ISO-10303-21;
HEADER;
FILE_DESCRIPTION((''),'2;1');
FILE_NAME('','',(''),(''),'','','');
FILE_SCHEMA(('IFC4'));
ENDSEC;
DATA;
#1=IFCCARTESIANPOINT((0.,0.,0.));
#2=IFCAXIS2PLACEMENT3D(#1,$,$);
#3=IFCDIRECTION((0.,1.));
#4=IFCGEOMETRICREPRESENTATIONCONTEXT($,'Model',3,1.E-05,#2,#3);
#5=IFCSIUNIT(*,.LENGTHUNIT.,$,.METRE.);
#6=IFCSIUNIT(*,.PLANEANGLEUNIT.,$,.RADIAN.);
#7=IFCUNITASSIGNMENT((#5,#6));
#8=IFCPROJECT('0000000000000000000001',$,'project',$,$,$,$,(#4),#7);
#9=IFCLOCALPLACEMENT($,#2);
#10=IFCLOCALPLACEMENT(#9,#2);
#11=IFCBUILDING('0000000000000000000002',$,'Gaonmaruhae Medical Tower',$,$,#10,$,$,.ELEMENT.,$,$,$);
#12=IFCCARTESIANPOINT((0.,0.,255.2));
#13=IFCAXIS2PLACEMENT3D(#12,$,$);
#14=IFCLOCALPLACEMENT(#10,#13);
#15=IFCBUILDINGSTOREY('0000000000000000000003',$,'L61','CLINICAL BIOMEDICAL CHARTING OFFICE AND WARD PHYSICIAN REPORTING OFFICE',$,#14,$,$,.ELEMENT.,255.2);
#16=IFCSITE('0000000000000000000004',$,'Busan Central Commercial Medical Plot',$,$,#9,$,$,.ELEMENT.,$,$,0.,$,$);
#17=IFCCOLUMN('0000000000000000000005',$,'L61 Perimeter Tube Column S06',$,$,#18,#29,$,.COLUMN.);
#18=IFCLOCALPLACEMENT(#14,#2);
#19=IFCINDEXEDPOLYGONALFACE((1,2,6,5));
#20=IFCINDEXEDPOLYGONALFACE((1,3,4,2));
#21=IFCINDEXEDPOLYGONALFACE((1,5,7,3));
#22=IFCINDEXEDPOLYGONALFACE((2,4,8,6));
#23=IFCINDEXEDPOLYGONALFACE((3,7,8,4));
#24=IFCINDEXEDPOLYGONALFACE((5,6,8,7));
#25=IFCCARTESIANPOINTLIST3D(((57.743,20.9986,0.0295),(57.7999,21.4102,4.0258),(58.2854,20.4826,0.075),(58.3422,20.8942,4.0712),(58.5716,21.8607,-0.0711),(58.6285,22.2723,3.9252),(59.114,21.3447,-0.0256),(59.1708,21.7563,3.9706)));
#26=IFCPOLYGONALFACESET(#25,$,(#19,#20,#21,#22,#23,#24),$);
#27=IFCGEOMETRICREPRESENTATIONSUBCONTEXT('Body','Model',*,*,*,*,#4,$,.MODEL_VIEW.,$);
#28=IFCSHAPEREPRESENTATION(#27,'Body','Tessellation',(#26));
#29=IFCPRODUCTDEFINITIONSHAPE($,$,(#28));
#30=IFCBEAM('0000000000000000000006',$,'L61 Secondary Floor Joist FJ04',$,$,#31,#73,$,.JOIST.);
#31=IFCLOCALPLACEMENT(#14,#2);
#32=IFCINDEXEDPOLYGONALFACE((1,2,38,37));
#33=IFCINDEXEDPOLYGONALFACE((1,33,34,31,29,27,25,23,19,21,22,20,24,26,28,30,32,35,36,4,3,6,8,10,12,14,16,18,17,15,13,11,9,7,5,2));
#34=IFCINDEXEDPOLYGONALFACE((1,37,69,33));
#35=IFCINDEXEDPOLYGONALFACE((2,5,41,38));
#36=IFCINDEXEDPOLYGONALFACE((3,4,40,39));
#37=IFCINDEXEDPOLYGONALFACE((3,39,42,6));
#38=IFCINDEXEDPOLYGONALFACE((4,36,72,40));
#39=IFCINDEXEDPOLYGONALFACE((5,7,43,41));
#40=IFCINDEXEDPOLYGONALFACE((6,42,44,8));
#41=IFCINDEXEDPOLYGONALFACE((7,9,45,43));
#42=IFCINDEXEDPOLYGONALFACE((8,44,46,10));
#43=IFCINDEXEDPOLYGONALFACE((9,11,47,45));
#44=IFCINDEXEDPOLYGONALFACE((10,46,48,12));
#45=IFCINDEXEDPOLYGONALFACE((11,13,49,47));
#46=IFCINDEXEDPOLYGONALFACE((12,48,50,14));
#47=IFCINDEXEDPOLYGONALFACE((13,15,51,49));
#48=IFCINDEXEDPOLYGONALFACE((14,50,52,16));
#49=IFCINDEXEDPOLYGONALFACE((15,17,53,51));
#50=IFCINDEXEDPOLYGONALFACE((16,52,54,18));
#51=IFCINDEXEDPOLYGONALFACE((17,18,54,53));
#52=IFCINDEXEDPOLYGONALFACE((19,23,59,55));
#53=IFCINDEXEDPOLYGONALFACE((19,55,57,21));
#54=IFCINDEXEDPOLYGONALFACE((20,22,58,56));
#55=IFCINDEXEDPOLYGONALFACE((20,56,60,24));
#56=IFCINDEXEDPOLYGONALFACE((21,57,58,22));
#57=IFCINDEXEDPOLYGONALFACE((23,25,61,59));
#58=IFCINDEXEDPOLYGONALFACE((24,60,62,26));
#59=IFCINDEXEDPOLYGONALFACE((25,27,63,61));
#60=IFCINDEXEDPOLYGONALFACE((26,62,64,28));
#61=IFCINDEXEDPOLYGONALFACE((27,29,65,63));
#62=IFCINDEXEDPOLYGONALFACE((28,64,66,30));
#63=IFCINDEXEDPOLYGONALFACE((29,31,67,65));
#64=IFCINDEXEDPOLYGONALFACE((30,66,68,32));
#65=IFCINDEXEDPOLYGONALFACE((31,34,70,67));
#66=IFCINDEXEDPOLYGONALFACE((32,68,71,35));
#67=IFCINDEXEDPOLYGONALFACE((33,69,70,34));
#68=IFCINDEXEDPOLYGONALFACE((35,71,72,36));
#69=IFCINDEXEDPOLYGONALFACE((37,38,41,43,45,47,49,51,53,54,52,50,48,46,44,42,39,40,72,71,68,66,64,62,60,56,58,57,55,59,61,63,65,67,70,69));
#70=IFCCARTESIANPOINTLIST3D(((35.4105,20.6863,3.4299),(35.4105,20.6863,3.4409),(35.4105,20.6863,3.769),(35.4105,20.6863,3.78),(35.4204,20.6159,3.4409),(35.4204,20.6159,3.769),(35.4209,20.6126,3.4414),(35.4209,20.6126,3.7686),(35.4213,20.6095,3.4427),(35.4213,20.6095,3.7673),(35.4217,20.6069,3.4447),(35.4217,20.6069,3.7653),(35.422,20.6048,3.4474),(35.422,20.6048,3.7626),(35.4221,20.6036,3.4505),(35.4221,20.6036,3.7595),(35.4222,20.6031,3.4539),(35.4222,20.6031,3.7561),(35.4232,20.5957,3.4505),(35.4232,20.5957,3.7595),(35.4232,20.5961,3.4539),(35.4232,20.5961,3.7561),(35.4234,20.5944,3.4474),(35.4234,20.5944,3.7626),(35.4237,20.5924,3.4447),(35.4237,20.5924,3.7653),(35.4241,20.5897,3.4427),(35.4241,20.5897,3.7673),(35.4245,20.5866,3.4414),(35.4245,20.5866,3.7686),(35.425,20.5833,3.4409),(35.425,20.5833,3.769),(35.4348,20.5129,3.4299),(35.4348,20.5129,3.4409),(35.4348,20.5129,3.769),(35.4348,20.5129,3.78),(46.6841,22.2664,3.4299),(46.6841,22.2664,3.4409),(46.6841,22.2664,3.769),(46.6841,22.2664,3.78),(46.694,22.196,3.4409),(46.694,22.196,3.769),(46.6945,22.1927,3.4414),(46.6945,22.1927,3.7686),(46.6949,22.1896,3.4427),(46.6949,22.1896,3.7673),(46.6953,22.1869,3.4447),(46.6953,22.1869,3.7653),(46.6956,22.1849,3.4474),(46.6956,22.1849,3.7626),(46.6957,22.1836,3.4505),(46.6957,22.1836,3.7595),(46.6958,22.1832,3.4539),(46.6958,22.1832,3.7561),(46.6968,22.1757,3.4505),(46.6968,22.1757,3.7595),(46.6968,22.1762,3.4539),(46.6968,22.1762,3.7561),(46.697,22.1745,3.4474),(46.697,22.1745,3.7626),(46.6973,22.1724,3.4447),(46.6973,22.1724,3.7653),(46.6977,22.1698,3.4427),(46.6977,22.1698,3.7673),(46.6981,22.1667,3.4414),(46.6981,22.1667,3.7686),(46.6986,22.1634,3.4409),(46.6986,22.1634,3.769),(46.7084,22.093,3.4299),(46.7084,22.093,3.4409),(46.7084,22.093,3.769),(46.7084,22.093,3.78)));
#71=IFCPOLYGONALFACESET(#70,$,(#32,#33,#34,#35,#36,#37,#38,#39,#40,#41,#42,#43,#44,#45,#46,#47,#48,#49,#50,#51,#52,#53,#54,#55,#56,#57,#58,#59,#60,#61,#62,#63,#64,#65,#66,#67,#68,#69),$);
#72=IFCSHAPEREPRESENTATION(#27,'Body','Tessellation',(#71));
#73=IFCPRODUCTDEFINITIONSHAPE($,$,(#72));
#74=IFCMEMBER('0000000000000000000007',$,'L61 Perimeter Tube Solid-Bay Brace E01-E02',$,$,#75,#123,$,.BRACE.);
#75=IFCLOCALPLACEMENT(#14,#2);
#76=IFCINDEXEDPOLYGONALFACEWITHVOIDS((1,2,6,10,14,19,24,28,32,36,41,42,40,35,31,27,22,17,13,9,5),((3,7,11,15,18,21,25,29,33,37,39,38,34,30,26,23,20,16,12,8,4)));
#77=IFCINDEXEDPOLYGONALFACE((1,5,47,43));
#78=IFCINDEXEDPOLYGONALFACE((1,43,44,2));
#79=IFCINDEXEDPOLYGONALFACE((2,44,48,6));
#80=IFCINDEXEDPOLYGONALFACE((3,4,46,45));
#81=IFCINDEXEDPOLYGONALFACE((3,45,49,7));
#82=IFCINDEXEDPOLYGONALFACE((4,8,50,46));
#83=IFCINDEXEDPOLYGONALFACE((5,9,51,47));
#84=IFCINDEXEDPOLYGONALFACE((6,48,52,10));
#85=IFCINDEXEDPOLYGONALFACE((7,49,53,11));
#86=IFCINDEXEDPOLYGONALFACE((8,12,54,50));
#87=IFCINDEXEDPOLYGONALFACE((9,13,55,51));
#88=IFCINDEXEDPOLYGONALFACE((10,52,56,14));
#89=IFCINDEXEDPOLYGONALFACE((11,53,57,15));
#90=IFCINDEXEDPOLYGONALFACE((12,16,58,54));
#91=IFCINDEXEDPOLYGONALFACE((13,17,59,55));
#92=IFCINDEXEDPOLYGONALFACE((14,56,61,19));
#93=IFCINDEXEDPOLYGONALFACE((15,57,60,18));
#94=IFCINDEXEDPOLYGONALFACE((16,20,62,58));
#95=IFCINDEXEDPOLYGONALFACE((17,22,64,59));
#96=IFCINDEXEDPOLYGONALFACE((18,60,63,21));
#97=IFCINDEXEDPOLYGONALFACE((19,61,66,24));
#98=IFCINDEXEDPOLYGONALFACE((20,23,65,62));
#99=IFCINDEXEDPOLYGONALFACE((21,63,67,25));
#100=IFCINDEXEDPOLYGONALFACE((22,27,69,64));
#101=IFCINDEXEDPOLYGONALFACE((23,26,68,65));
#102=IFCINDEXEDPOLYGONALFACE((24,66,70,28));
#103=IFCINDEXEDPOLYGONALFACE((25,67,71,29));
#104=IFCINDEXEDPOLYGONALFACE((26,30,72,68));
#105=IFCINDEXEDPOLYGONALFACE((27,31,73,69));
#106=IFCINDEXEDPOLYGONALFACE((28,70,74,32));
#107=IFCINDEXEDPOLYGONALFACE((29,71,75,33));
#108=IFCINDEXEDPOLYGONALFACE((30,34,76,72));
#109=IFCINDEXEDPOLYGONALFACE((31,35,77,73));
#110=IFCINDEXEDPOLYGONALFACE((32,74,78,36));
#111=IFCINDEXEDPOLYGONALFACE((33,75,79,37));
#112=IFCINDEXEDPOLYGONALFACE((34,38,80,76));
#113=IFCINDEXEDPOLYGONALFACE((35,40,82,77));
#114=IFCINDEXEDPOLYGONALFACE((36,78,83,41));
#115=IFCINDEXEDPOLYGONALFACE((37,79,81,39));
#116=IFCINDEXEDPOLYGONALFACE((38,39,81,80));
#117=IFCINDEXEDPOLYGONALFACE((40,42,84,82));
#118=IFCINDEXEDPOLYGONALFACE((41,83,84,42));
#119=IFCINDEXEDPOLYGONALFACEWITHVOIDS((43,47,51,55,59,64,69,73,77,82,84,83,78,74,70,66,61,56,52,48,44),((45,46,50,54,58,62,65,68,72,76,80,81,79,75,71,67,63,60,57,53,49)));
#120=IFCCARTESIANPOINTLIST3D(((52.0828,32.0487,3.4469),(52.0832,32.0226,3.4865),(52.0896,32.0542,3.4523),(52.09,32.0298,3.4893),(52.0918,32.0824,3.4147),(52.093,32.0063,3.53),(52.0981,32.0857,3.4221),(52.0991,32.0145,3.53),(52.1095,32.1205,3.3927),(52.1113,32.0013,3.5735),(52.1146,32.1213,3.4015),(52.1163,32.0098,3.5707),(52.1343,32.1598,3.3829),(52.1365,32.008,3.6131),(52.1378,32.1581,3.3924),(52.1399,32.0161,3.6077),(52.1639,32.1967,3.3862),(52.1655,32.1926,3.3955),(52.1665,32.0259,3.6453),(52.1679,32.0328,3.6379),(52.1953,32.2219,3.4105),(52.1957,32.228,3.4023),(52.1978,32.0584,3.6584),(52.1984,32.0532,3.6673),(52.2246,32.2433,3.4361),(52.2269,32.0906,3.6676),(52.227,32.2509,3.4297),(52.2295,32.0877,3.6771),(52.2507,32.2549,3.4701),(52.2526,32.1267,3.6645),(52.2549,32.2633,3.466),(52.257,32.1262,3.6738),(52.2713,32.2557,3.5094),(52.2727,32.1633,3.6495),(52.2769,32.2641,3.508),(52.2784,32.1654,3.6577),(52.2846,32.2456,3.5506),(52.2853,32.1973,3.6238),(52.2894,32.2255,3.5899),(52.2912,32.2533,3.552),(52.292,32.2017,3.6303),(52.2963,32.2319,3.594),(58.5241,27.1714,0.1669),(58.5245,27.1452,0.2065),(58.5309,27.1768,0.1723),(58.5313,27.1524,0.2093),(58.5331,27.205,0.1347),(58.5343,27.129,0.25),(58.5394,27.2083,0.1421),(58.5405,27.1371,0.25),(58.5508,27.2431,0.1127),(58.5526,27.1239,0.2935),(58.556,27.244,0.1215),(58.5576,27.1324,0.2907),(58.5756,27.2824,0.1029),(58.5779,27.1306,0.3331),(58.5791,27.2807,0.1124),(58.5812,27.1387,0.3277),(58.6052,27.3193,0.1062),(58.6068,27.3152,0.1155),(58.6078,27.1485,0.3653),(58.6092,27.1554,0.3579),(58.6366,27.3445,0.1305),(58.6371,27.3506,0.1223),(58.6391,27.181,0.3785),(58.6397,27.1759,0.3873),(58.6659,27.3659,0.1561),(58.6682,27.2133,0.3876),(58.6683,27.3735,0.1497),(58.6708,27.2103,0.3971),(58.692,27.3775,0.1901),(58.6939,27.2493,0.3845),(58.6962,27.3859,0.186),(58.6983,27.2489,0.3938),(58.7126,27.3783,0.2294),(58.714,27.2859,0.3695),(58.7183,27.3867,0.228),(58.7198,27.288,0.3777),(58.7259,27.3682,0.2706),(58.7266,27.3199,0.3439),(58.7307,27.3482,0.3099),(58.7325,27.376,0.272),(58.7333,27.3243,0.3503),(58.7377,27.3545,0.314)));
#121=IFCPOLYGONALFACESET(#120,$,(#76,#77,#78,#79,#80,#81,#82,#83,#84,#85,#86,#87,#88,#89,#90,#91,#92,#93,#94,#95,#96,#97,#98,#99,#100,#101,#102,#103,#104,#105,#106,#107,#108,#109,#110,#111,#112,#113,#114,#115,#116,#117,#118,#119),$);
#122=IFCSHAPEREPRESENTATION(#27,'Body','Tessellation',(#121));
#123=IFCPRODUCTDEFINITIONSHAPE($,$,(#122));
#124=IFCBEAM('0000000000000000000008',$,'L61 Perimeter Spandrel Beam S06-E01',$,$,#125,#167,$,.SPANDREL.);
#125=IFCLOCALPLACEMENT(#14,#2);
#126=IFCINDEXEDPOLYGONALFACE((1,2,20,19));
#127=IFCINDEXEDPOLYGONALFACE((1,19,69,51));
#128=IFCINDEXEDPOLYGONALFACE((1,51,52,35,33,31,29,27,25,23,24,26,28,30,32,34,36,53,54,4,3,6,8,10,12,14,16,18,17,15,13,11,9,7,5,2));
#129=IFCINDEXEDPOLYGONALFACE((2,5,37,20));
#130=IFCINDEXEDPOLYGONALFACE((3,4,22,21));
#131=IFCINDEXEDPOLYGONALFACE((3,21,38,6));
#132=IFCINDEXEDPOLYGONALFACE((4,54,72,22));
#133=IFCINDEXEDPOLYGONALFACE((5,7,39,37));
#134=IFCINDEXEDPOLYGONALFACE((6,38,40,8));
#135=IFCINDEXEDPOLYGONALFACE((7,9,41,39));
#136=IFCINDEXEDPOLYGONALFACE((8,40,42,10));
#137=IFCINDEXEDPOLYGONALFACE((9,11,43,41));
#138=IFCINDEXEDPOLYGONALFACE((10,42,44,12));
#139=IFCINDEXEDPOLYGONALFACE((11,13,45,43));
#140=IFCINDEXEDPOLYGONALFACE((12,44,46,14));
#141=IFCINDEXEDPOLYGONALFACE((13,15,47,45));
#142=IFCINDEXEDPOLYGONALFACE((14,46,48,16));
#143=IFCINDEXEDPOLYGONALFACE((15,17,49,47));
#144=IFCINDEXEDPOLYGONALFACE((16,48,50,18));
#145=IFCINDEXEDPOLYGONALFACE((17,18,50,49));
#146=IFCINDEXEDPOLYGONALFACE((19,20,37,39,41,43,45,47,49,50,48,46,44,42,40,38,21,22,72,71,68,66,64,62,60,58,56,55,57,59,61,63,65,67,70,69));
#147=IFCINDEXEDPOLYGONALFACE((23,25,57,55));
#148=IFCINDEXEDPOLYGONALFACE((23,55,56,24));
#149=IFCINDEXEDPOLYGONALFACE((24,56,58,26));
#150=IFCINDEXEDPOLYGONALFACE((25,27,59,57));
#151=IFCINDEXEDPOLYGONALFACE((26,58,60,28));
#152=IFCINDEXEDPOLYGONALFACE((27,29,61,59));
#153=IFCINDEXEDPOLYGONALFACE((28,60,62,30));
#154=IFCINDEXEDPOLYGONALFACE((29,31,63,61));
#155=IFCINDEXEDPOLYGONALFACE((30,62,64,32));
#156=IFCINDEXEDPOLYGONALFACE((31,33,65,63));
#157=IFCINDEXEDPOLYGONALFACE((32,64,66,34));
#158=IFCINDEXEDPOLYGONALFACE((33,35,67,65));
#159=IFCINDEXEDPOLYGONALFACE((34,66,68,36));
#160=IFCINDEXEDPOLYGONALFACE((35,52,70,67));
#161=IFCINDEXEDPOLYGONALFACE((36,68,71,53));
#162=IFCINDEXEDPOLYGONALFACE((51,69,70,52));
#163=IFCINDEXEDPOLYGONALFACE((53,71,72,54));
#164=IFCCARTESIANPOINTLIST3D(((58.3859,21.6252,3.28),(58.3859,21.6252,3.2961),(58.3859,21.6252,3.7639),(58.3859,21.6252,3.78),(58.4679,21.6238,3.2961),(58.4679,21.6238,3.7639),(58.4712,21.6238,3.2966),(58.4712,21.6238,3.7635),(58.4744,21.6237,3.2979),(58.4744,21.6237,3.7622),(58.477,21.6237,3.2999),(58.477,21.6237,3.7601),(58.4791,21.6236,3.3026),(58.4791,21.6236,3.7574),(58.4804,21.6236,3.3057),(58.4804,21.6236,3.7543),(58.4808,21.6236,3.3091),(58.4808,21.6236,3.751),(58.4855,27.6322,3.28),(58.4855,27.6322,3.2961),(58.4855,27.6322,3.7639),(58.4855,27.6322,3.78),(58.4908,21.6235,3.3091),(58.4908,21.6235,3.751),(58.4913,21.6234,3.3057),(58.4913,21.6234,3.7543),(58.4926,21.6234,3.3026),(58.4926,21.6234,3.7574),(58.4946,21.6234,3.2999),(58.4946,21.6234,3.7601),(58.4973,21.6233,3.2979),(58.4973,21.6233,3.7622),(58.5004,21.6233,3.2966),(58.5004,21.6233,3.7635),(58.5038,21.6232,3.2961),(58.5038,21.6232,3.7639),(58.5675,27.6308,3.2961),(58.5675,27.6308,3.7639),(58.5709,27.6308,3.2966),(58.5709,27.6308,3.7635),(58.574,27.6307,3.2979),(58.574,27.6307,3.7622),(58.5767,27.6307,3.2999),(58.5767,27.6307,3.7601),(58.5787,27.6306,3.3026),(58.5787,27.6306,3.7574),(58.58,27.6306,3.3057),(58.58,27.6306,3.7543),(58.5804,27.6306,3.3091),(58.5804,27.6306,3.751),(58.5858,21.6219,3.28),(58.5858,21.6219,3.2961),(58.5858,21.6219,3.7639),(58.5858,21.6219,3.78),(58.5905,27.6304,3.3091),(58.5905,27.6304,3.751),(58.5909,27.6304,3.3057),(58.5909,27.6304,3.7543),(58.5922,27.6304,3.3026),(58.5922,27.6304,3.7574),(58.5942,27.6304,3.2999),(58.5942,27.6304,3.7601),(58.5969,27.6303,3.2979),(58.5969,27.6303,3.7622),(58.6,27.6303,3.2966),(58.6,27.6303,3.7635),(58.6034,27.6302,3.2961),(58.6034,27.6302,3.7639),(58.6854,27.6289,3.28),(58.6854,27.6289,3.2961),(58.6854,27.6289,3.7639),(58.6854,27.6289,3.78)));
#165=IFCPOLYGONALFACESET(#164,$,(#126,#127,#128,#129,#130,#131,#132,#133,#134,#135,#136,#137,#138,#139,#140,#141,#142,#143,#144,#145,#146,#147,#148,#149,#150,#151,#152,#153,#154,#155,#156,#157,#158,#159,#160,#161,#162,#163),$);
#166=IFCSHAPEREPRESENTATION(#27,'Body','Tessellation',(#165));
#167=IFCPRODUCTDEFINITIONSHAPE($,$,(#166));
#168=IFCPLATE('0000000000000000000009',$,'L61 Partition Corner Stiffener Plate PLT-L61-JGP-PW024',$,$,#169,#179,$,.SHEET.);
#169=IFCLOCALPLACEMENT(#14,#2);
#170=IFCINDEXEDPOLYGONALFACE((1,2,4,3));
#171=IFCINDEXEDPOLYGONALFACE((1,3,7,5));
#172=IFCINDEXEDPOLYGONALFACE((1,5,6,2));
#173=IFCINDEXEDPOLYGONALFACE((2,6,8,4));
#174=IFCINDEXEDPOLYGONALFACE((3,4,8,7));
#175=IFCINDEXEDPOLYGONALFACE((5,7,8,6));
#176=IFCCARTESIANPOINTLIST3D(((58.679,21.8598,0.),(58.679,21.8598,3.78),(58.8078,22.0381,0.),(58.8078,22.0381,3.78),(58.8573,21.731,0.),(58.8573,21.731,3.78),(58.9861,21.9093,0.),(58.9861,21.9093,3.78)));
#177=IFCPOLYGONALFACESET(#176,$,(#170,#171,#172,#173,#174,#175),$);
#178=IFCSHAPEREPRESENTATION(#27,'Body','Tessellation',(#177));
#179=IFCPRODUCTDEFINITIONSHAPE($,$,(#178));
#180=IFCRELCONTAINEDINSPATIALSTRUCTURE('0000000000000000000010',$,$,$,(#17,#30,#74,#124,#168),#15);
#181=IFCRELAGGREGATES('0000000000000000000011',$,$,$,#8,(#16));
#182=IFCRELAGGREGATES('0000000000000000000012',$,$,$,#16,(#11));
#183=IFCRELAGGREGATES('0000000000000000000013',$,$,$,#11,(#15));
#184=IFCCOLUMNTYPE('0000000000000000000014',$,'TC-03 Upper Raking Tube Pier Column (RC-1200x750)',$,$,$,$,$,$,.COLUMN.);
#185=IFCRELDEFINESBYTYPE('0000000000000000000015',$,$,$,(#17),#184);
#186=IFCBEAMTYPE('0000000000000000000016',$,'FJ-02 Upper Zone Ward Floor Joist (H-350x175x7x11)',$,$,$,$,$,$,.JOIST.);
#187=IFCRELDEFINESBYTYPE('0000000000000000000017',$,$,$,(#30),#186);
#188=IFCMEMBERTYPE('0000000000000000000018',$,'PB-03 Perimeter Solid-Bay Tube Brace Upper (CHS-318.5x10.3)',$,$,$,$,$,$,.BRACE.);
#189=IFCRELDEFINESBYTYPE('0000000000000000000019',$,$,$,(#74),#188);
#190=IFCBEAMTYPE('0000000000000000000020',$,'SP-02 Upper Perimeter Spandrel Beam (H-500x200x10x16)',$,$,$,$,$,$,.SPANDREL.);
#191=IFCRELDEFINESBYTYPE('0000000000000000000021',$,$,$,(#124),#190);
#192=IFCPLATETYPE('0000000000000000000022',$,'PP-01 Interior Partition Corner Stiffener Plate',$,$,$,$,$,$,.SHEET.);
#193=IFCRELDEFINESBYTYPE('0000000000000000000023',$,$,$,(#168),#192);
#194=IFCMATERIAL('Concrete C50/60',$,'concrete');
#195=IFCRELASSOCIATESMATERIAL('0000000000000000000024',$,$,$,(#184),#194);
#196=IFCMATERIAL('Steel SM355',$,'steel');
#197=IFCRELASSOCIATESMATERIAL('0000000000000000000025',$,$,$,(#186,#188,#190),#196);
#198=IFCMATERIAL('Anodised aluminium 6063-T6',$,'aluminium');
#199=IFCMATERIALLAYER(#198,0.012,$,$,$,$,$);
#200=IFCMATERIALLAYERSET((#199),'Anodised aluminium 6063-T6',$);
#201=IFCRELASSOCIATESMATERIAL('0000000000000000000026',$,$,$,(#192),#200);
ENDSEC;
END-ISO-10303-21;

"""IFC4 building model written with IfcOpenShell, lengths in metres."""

from ifc_helpers import new_model, si_unit, direction, frame, origin, origin_2d, place, context, subcontext, project, spatial, rectangle, hollow_circle, i_section, extrude, material, layer, layer_set, material_profile, profile_set, type_object, element, save


model = new_model("IFC4")

# Units and contexts
model_context = context("Model", 3, precision=1e-05, world=origin(), true_north=direction((0.0, 1.0)))
body_context = subcontext(model_context, "Body", "Model", "MODEL_VIEW")
ifc_project = project(units=[si_unit("LENGTHUNIT", "METRE"), si_unit("PLANEANGLEUNIT", "RADIAN")], contexts=[model_context])

# Site, building, storey
site_placement = place(None, origin())
site = spatial("IfcSite", under=ifc_project, at=site_placement, Name="Busan Central Commercial Medical Plot", CompositionType="ELEMENT", RefElevation=0.0)
building_placement = place(site_placement, origin())
building = spatial("IfcBuilding", under=site, at=building_placement, Name="Gaonmaruhae Medical Tower", CompositionType="ELEMENT")
storey_placement = place(building_placement, frame((0.0, 0.0, 255.2)))
storey = spatial("IfcBuildingStorey", under=building, at=storey_placement, Name="L61", Description="CLINICAL BIOMEDICAL CHARTING OFFICE AND WARD PHYSICIAN REPORTING OFFICE", CompositionType="ELEMENT", Elevation=255.2)

# Column
ifc_material_1 = material(Name="Concrete C50/60", Category="concrete")
ifc_material_profile_1 = material_profile(ifc_material_1, rectangle(XDim=1.2, YDim=0.75, at=origin_2d()), Name="RC-1200x750")
ifc_profile_set_1 = profile_set([ifc_material_profile_1], Name="Concrete C50/60")
column_type = type_object("IfcColumnType", Name="TC-03 Upper Raking Tube Pier Column (RC-1200x750)", PredefinedType="COLUMN", material=ifc_profile_set_1)
column_placement = place(storey_placement, frame((58.4285, 21.1716, 0.002), z_axis=(0.014158, 0.102447, 0.994638), x_axis=(-0.690518, -0.718441, 0.083828)))
element("IfcColumn", 1, at=column_placement, inside=storey, type_object=column_type, Name="L61 Perimeter Tube Column S06", PredefinedType="COLUMN", context=body_context, shape_type="SweptSolid", body=[
    extrude(rectangle(XDim=1.2, YDim=0.75, at=origin_2d()), origin(), (0.0, 0.0, 1.0), 4.0178),
])

# Beam
ifc_material_2 = material(Name="Steel SM355", Category="steel")
ifc_material_profile_2 = material_profile(ifc_material_2, i_section(OverallWidth=0.175, OverallDepth=0.3501, WebThickness=0.0071, FlangeThickness=0.011, FilletRadius=0.0129, at=origin_2d()), Name="H-350x175x7x11")
ifc_profile_set_2 = profile_set([ifc_material_profile_2], Name="Steel SM355")
beam_type_1 = type_object("IfcBeamType", Name="FJ-02 Upper Zone Ward Floor Joist (H-350x175x7x11)", PredefinedType="JOIST", material=ifc_profile_set_2)
beam_1_placement = place(storey_placement, frame((46.6963, 22.1797, 3.605), z_axis=(-0.99032, -0.1388, 0.0), x_axis=(0.1388, -0.99032, 0.0)))
element("IfcBeam", 2, at=beam_1_placement, inside=storey, type_object=beam_type_1, Name="L61 Secondary Floor Joist FJ04", PredefinedType="JOIST", context=body_context, shape_type="SweptSolid", body=[
    extrude(i_section(OverallWidth=0.175, OverallDepth=0.3501, WebThickness=0.0071, FlangeThickness=0.011, FilletRadius=0.0129, at=origin_2d()), origin(), (0.0, 0.0, 1.0), 11.3838),
])

# Member
ifc_material_profile_3 = material_profile(ifc_material_2, hollow_circle(Radius=0.1592, WallThickness=0.0103, at=origin_2d()), Name="CHS-318.5x10.3")
ifc_profile_set_3 = profile_set([ifc_material_profile_3], Name="Steel SM355")
member_type = type_object("IfcMemberType", Name="PB-03 Perimeter Solid-Bay Tube Brace Upper (CHS-318.5x10.3)", PredefinedType="BRACE", material=ifc_profile_set_3)
member_placement = place(storey_placement, frame((58.6304, 27.2559, 0.25), z_axis=(-0.738687, 0.559335, 0.376147), x_axis=(-0.603668, -0.797236, 0.0)))
element("IfcMember", 3, at=member_placement, inside=storey, type_object=member_type, Name="L61 Perimeter Tube Solid-Bay Brace E01-E02", PredefinedType="BRACE", context=body_context, shape_type="SweptSolid", body=[
    extrude(hollow_circle(Radius=0.1592, WallThickness=0.0103, at=origin_2d()), origin(), (0.0, 0.0, 1.0), 8.72),
])

# Beam
ifc_material_profile_4 = material_profile(ifc_material_2, i_section(OverallWidth=0.2, OverallDepth=0.5, WebThickness=0.01, FlangeThickness=0.0161, FilletRadius=0.0129, at=origin_2d()), Name="H-500x200x10x16")
ifc_profile_set_4 = profile_set([ifc_material_profile_4], Name="Steel SM355")
beam_type_2 = type_object("IfcBeamType", Name="SP-02 Upper Perimeter Spandrel Beam (H-500x200x10x16)", PredefinedType="SPANDREL", material=ifc_profile_set_4)
beam_2_placement = place(storey_placement, frame((58.4858, 21.6235, 3.53), z_axis=(0.01658, 0.999863, 0.0), x_axis=(-0.999863, 0.01658, 0.0)))
element("IfcBeam", 4, at=beam_2_placement, inside=storey, type_object=beam_type_2, Name="L61 Perimeter Spandrel Beam S06-E01", PredefinedType="SPANDREL", context=body_context, shape_type="SweptSolid", body=[
    extrude(i_section(OverallWidth=0.2, OverallDepth=0.5, WebThickness=0.01, FlangeThickness=0.0161, FilletRadius=0.0129, at=origin_2d()), origin(), (0.0, 0.0, 1.0), 6.0078),
])

# Plate
ifc_material_3 = material(Name="Anodised aluminium 6063-T6", Category="aluminium")
ifc_layer_1 = layer(ifc_material_3, 0.012)
ifc_layer_set_1 = layer_set([ifc_layer_1], Name="Anodised aluminium 6063-T6")
plate_type = type_object("IfcPlateType", Name="PP-01 Interior Partition Corner Stiffener Plate", PredefinedType="SHEET", material=ifc_layer_set_1)
plate_1_placement = place(storey_placement, frame((58.8325, 21.8845, 0.0), z_axis=(0.0, 0.0, 1.0), x_axis=(0.810553, -0.585665, 0.0)))
element("IfcPlate", 5, at=plate_1_placement, inside=storey, type_object=plate_type, Name="L61 Partition Corner Stiffener Plate PLT-L61-JGP-PW024", PredefinedType="SHEET", context=body_context, shape_type="SweptSolid", body=[
    extrude(rectangle(XDim=0.22, YDim=0.22, at=origin_2d()), origin(), (0.0, 0.0, 1.0), 3.78),
])

save(model, "model.ifc")
